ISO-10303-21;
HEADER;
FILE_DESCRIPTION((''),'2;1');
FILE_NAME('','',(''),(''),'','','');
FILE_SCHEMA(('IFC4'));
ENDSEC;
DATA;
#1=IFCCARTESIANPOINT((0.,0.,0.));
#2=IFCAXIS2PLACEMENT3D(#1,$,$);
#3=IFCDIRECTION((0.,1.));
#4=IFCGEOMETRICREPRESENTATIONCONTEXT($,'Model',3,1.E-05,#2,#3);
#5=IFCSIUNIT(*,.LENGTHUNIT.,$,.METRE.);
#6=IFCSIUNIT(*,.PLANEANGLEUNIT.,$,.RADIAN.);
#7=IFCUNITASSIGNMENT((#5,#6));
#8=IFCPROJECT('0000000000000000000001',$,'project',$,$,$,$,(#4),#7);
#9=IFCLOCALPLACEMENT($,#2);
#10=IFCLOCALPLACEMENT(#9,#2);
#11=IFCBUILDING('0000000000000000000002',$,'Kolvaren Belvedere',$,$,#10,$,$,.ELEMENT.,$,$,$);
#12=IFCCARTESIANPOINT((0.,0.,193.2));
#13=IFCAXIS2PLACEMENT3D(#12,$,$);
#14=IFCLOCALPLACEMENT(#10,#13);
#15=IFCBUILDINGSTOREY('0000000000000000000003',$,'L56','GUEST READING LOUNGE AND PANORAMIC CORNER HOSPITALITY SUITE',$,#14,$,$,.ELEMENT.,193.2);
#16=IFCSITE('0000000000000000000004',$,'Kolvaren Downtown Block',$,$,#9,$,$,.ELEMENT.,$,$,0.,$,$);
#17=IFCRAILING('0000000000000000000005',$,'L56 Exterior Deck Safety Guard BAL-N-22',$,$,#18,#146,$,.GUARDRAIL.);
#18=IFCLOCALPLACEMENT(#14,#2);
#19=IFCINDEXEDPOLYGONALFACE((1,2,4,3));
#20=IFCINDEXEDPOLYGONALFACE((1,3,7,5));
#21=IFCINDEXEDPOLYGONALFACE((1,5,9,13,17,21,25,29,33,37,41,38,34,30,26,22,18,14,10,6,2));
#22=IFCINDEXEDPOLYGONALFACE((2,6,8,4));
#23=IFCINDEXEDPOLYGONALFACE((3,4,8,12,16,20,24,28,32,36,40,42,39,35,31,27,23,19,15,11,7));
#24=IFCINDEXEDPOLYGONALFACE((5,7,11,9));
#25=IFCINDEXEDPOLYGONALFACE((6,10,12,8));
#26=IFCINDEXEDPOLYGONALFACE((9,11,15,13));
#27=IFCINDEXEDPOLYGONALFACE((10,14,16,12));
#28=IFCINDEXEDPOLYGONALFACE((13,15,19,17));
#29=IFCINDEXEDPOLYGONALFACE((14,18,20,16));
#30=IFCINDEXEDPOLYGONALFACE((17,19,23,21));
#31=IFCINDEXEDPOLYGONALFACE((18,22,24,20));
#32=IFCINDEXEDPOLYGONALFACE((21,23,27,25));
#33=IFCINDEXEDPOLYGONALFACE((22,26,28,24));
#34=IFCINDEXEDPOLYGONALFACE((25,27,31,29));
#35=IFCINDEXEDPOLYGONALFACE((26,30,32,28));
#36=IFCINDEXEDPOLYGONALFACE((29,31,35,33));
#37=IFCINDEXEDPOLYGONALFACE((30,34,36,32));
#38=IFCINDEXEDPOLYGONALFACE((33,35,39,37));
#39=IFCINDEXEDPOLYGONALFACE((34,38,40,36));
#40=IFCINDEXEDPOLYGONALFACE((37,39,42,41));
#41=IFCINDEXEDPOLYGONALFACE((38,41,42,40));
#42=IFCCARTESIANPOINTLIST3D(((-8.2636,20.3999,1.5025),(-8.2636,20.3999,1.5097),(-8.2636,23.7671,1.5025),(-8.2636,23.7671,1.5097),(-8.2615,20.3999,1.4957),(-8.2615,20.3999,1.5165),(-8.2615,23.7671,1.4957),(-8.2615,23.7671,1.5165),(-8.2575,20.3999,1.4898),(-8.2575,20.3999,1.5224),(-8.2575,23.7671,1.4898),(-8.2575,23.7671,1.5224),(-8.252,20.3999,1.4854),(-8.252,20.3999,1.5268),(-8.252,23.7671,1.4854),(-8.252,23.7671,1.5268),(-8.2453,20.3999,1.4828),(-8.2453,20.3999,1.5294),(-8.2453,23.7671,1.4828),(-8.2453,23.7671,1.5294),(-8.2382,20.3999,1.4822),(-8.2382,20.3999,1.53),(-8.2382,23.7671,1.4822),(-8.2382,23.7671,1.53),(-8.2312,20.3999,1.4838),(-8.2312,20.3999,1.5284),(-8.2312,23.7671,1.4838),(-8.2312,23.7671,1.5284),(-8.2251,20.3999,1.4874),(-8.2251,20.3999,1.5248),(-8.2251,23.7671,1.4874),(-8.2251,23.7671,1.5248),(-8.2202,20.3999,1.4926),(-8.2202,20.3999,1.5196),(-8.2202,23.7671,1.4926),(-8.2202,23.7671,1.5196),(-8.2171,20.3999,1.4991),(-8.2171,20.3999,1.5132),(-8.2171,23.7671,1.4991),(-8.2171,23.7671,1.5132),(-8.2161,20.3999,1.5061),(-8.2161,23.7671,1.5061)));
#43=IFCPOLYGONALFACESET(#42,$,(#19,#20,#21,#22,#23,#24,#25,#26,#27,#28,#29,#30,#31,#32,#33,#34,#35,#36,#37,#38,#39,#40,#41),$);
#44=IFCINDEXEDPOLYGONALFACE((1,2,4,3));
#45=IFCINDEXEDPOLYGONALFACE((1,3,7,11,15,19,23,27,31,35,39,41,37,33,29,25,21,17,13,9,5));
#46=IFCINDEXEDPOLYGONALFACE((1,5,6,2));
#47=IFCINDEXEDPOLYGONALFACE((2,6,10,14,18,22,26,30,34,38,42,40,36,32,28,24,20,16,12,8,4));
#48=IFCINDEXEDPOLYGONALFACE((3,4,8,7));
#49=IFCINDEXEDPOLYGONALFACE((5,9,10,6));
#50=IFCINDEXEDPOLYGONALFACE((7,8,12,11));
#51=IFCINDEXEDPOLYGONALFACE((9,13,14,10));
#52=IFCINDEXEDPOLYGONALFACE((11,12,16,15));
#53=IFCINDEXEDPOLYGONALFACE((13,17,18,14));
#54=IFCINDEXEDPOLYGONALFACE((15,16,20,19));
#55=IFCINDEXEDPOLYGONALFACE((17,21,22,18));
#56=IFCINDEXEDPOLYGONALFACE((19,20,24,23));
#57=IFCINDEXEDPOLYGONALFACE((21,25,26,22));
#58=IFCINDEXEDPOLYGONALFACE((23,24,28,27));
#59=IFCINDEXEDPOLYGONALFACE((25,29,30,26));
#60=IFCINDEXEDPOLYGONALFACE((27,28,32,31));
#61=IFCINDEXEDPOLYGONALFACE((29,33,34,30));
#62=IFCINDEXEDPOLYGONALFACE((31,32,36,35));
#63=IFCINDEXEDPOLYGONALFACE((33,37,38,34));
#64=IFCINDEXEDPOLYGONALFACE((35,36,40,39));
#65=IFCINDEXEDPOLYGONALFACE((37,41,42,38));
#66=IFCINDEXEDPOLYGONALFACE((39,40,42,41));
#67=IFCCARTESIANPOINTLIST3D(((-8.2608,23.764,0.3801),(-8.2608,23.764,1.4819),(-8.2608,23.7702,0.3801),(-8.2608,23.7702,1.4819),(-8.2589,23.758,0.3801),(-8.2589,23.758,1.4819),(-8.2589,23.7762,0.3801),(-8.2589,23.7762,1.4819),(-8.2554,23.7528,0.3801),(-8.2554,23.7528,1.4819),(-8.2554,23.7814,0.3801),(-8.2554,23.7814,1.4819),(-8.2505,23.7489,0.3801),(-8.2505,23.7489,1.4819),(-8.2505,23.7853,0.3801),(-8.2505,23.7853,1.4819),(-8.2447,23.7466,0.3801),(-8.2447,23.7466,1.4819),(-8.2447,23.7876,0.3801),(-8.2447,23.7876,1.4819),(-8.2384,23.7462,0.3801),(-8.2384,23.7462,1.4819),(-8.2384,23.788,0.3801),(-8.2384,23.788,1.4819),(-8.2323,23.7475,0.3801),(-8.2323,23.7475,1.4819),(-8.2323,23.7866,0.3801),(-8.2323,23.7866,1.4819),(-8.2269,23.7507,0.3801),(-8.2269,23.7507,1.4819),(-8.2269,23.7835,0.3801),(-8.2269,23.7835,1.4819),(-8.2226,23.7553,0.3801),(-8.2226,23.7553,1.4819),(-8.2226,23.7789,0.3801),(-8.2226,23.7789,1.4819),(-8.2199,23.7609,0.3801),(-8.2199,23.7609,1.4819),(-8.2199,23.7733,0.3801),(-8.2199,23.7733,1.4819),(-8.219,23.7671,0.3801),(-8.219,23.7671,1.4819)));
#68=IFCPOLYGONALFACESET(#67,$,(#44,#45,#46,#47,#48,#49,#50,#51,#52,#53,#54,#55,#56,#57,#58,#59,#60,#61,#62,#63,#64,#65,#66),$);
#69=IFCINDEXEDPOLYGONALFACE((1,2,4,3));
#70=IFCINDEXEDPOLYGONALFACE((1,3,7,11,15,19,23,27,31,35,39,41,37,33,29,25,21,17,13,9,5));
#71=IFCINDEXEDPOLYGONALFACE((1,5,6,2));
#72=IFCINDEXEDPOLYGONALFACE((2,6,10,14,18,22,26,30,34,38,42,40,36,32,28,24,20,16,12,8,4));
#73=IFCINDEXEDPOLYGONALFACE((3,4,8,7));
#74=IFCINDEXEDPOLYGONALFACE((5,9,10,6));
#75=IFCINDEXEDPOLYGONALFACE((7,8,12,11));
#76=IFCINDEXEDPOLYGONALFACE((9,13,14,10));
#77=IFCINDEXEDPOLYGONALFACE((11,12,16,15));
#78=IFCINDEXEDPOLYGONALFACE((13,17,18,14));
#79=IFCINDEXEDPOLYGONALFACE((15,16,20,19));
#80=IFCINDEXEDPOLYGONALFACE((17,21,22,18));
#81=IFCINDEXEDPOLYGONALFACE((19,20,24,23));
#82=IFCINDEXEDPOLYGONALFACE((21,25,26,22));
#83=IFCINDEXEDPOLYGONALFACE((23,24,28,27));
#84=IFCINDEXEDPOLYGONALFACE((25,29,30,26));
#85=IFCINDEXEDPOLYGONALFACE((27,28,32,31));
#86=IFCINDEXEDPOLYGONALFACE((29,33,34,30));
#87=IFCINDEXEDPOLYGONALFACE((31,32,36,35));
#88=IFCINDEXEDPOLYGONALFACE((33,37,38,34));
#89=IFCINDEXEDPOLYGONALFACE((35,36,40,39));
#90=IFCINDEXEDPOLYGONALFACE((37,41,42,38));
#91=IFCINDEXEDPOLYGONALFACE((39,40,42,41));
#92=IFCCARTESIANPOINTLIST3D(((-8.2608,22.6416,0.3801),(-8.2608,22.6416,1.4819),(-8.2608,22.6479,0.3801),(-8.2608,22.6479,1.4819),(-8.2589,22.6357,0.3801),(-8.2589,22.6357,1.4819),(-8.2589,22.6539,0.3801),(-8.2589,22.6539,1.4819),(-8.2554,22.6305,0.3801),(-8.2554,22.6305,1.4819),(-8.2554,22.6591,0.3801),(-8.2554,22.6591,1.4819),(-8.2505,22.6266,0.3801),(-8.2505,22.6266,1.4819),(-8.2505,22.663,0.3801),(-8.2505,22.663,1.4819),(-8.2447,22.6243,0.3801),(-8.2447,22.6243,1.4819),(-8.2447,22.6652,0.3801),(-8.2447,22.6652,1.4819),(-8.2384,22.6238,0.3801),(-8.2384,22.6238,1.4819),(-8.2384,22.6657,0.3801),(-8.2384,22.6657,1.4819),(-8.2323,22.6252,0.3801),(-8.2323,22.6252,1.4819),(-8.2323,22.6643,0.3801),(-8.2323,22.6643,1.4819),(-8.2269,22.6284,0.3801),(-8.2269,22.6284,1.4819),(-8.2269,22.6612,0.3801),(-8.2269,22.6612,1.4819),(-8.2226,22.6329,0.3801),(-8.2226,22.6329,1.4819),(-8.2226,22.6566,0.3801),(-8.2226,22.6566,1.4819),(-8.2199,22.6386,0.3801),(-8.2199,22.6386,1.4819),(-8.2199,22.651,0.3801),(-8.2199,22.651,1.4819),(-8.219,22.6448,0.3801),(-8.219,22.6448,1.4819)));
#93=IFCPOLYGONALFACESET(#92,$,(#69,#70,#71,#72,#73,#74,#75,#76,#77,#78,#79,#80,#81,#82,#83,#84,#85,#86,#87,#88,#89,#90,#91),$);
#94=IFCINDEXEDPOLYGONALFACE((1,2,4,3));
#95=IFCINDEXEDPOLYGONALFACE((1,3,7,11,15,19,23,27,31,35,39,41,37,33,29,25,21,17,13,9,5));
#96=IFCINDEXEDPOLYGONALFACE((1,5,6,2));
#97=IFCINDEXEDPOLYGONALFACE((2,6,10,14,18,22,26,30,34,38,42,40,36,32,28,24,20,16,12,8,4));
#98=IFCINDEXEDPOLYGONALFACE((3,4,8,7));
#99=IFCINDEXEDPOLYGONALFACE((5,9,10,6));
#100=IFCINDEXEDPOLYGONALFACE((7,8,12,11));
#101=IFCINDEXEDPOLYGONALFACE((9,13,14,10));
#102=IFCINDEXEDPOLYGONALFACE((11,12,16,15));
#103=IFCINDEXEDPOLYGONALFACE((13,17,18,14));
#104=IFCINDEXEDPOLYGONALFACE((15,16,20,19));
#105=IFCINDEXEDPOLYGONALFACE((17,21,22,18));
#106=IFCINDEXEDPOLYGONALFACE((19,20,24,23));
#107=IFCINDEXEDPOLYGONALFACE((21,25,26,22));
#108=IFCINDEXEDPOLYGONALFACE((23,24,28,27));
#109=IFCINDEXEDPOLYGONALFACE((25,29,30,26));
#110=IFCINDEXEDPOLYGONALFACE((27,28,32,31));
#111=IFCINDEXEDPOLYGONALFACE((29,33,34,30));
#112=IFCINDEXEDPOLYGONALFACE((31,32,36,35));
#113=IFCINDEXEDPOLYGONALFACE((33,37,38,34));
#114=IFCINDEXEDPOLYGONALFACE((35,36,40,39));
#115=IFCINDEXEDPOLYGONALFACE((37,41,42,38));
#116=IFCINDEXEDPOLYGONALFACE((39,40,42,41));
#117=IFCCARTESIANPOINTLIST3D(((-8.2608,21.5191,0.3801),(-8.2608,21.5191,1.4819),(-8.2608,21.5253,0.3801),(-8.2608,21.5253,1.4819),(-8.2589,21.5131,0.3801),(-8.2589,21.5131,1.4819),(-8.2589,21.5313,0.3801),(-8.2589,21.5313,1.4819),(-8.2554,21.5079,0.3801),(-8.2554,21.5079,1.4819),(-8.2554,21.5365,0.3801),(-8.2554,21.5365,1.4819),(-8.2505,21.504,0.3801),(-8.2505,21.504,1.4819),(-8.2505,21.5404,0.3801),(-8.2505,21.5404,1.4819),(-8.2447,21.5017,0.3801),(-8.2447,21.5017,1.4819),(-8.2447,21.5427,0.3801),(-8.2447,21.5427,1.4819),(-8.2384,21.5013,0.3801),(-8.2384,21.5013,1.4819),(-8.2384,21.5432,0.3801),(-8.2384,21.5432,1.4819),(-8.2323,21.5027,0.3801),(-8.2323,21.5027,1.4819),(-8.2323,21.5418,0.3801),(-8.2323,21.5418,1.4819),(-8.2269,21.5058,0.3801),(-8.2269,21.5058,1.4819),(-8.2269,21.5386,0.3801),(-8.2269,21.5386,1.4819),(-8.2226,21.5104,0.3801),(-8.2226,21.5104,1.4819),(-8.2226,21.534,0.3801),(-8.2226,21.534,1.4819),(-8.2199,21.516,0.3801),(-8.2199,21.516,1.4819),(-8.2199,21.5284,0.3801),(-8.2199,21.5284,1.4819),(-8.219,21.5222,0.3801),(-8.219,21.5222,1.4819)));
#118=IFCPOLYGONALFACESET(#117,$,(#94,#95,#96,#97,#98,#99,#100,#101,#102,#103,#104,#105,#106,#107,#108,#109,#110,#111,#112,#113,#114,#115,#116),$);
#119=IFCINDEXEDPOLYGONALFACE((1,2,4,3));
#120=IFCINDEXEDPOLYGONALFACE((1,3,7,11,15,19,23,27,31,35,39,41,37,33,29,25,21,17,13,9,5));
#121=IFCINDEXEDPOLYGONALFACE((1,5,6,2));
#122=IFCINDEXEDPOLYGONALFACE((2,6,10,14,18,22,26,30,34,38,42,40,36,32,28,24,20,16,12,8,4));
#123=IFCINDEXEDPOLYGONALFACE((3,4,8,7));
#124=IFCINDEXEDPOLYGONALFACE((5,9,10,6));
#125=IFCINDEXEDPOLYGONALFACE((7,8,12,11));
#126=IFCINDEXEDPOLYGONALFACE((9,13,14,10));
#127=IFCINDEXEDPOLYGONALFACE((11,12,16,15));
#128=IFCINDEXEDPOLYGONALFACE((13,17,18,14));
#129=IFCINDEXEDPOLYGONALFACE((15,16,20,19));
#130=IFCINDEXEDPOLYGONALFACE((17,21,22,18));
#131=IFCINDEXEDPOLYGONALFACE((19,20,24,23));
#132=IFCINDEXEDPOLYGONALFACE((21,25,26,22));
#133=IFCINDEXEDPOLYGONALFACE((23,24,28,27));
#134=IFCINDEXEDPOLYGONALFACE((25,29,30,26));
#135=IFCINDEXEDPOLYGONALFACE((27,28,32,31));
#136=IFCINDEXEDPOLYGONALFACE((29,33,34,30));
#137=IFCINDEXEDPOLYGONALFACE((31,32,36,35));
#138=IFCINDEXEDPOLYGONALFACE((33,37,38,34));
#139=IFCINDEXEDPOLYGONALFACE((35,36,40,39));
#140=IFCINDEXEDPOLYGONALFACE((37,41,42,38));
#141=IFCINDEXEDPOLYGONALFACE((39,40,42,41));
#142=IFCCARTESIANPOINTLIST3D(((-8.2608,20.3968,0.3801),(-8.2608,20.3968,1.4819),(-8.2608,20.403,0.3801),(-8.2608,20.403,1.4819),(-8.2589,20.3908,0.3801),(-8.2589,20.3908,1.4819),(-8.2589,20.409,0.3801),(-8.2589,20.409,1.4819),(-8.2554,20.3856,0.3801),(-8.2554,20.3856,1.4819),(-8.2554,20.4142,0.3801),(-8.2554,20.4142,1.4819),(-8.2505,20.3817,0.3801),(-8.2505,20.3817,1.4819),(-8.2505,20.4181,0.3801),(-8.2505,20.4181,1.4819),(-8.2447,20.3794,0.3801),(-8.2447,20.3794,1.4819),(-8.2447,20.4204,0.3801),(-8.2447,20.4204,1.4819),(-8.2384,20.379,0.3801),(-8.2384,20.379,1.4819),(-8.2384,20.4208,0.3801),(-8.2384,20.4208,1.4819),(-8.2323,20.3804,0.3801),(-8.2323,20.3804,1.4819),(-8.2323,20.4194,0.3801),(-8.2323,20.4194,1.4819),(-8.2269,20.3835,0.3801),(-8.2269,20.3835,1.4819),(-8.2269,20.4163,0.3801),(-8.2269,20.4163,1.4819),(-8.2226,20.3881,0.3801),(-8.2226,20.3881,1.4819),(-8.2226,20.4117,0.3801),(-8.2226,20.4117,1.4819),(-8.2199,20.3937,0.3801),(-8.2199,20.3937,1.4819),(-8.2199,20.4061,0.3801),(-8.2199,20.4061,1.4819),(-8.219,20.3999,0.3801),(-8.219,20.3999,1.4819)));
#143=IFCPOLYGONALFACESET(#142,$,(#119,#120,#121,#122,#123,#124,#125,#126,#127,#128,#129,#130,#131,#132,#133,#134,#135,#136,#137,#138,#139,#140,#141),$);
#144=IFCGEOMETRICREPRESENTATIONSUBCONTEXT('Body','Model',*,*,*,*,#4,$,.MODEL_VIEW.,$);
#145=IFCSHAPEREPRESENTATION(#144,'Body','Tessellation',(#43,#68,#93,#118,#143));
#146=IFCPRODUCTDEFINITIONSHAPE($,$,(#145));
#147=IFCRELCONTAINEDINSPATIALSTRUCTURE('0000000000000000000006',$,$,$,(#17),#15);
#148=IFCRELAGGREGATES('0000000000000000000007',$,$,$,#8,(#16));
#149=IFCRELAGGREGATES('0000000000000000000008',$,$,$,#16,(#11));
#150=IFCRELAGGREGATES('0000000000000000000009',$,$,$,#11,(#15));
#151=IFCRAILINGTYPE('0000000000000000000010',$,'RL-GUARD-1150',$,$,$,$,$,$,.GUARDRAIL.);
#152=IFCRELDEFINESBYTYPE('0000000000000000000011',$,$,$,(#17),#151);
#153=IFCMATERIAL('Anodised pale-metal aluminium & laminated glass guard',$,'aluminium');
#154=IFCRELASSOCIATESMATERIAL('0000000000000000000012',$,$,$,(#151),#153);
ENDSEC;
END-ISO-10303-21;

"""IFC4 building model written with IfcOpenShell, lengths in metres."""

from ifc_helpers import new_model, si_unit, direction, frame, origin, origin_2d, place, context, subcontext, project, spatial, circle, extrude, material, type_object, element, save


model = new_model("IFC4")

# Units and contexts
model_context = context("Model", 3, precision=1e-05, world=origin(), true_north=direction((0.0, 1.0)))
body_context = subcontext(model_context, "Body", "Model", "MODEL_VIEW")
ifc_project = project(units=[si_unit("LENGTHUNIT", "METRE"), si_unit("PLANEANGLEUNIT", "RADIAN")], contexts=[model_context])

# Site, building, storey
site_placement = place(None, origin())
site = spatial("IfcSite", under=ifc_project, at=site_placement, Name="Kolvaren Downtown Block", CompositionType="ELEMENT", RefElevation=0.0)
building_placement = place(site_placement, origin())
building = spatial("IfcBuilding", under=site, at=building_placement, Name="Kolvaren Belvedere", CompositionType="ELEMENT")
storey_placement = place(building_placement, frame((0.0, 0.0, 193.2)))
storey = spatial("IfcBuildingStorey", under=building, at=storey_placement, Name="L56", Description="GUEST READING LOUNGE AND PANORAMIC CORNER HOSPITALITY SUITE", CompositionType="ELEMENT", Elevation=193.2)

# Railing
ifc_material_1 = material(Name="Anodised pale-metal aluminium & laminated glass guard", Category="aluminium")
railing_type = type_object("IfcRailingType", Name="RL-GUARD-1150", PredefinedType="GUARDRAIL", material=ifc_material_1)
railing_1_placement = place(storey_placement, frame((-8.24, 23.7671, 0.3801)))
element("IfcRailing", 1, at=railing_1_placement, inside=storey, type_object=railing_type, Name="L56 Exterior Deck Safety Guard BAL-N-22", PredefinedType="GUARDRAIL", context=body_context, shape_type="SweptSolid", body=[
    extrude(circle(Radius=0.0239, at=origin_2d()), frame((0.0, 0.0, 1.126), z_axis=(0.0, -1.0, 0.0), x_axis=(1.0, 0.0, 0.0)), (0.0, 0.0, 1.0), 3.3672),
    extrude(circle(Radius=0.021, at=origin_2d()), origin(), (0.0, 0.0, 1.0), 1.1018),
    extrude(circle(Radius=0.021, at=origin_2d()), frame((0.0, -1.1223, 0.0)), (0.0, 0.0, 1.0), 1.1018),
    extrude(circle(Radius=0.021, at=origin_2d()), frame((0.0, -2.2449, 0.0)), (0.0, 0.0, 1.0), 1.1018),
    extrude(circle(Radius=0.021, at=origin_2d()), frame((0.0, -3.3672, 0.0)), (0.0, 0.0, 1.0), 1.1018),
])

save(model, "model.ifc")
